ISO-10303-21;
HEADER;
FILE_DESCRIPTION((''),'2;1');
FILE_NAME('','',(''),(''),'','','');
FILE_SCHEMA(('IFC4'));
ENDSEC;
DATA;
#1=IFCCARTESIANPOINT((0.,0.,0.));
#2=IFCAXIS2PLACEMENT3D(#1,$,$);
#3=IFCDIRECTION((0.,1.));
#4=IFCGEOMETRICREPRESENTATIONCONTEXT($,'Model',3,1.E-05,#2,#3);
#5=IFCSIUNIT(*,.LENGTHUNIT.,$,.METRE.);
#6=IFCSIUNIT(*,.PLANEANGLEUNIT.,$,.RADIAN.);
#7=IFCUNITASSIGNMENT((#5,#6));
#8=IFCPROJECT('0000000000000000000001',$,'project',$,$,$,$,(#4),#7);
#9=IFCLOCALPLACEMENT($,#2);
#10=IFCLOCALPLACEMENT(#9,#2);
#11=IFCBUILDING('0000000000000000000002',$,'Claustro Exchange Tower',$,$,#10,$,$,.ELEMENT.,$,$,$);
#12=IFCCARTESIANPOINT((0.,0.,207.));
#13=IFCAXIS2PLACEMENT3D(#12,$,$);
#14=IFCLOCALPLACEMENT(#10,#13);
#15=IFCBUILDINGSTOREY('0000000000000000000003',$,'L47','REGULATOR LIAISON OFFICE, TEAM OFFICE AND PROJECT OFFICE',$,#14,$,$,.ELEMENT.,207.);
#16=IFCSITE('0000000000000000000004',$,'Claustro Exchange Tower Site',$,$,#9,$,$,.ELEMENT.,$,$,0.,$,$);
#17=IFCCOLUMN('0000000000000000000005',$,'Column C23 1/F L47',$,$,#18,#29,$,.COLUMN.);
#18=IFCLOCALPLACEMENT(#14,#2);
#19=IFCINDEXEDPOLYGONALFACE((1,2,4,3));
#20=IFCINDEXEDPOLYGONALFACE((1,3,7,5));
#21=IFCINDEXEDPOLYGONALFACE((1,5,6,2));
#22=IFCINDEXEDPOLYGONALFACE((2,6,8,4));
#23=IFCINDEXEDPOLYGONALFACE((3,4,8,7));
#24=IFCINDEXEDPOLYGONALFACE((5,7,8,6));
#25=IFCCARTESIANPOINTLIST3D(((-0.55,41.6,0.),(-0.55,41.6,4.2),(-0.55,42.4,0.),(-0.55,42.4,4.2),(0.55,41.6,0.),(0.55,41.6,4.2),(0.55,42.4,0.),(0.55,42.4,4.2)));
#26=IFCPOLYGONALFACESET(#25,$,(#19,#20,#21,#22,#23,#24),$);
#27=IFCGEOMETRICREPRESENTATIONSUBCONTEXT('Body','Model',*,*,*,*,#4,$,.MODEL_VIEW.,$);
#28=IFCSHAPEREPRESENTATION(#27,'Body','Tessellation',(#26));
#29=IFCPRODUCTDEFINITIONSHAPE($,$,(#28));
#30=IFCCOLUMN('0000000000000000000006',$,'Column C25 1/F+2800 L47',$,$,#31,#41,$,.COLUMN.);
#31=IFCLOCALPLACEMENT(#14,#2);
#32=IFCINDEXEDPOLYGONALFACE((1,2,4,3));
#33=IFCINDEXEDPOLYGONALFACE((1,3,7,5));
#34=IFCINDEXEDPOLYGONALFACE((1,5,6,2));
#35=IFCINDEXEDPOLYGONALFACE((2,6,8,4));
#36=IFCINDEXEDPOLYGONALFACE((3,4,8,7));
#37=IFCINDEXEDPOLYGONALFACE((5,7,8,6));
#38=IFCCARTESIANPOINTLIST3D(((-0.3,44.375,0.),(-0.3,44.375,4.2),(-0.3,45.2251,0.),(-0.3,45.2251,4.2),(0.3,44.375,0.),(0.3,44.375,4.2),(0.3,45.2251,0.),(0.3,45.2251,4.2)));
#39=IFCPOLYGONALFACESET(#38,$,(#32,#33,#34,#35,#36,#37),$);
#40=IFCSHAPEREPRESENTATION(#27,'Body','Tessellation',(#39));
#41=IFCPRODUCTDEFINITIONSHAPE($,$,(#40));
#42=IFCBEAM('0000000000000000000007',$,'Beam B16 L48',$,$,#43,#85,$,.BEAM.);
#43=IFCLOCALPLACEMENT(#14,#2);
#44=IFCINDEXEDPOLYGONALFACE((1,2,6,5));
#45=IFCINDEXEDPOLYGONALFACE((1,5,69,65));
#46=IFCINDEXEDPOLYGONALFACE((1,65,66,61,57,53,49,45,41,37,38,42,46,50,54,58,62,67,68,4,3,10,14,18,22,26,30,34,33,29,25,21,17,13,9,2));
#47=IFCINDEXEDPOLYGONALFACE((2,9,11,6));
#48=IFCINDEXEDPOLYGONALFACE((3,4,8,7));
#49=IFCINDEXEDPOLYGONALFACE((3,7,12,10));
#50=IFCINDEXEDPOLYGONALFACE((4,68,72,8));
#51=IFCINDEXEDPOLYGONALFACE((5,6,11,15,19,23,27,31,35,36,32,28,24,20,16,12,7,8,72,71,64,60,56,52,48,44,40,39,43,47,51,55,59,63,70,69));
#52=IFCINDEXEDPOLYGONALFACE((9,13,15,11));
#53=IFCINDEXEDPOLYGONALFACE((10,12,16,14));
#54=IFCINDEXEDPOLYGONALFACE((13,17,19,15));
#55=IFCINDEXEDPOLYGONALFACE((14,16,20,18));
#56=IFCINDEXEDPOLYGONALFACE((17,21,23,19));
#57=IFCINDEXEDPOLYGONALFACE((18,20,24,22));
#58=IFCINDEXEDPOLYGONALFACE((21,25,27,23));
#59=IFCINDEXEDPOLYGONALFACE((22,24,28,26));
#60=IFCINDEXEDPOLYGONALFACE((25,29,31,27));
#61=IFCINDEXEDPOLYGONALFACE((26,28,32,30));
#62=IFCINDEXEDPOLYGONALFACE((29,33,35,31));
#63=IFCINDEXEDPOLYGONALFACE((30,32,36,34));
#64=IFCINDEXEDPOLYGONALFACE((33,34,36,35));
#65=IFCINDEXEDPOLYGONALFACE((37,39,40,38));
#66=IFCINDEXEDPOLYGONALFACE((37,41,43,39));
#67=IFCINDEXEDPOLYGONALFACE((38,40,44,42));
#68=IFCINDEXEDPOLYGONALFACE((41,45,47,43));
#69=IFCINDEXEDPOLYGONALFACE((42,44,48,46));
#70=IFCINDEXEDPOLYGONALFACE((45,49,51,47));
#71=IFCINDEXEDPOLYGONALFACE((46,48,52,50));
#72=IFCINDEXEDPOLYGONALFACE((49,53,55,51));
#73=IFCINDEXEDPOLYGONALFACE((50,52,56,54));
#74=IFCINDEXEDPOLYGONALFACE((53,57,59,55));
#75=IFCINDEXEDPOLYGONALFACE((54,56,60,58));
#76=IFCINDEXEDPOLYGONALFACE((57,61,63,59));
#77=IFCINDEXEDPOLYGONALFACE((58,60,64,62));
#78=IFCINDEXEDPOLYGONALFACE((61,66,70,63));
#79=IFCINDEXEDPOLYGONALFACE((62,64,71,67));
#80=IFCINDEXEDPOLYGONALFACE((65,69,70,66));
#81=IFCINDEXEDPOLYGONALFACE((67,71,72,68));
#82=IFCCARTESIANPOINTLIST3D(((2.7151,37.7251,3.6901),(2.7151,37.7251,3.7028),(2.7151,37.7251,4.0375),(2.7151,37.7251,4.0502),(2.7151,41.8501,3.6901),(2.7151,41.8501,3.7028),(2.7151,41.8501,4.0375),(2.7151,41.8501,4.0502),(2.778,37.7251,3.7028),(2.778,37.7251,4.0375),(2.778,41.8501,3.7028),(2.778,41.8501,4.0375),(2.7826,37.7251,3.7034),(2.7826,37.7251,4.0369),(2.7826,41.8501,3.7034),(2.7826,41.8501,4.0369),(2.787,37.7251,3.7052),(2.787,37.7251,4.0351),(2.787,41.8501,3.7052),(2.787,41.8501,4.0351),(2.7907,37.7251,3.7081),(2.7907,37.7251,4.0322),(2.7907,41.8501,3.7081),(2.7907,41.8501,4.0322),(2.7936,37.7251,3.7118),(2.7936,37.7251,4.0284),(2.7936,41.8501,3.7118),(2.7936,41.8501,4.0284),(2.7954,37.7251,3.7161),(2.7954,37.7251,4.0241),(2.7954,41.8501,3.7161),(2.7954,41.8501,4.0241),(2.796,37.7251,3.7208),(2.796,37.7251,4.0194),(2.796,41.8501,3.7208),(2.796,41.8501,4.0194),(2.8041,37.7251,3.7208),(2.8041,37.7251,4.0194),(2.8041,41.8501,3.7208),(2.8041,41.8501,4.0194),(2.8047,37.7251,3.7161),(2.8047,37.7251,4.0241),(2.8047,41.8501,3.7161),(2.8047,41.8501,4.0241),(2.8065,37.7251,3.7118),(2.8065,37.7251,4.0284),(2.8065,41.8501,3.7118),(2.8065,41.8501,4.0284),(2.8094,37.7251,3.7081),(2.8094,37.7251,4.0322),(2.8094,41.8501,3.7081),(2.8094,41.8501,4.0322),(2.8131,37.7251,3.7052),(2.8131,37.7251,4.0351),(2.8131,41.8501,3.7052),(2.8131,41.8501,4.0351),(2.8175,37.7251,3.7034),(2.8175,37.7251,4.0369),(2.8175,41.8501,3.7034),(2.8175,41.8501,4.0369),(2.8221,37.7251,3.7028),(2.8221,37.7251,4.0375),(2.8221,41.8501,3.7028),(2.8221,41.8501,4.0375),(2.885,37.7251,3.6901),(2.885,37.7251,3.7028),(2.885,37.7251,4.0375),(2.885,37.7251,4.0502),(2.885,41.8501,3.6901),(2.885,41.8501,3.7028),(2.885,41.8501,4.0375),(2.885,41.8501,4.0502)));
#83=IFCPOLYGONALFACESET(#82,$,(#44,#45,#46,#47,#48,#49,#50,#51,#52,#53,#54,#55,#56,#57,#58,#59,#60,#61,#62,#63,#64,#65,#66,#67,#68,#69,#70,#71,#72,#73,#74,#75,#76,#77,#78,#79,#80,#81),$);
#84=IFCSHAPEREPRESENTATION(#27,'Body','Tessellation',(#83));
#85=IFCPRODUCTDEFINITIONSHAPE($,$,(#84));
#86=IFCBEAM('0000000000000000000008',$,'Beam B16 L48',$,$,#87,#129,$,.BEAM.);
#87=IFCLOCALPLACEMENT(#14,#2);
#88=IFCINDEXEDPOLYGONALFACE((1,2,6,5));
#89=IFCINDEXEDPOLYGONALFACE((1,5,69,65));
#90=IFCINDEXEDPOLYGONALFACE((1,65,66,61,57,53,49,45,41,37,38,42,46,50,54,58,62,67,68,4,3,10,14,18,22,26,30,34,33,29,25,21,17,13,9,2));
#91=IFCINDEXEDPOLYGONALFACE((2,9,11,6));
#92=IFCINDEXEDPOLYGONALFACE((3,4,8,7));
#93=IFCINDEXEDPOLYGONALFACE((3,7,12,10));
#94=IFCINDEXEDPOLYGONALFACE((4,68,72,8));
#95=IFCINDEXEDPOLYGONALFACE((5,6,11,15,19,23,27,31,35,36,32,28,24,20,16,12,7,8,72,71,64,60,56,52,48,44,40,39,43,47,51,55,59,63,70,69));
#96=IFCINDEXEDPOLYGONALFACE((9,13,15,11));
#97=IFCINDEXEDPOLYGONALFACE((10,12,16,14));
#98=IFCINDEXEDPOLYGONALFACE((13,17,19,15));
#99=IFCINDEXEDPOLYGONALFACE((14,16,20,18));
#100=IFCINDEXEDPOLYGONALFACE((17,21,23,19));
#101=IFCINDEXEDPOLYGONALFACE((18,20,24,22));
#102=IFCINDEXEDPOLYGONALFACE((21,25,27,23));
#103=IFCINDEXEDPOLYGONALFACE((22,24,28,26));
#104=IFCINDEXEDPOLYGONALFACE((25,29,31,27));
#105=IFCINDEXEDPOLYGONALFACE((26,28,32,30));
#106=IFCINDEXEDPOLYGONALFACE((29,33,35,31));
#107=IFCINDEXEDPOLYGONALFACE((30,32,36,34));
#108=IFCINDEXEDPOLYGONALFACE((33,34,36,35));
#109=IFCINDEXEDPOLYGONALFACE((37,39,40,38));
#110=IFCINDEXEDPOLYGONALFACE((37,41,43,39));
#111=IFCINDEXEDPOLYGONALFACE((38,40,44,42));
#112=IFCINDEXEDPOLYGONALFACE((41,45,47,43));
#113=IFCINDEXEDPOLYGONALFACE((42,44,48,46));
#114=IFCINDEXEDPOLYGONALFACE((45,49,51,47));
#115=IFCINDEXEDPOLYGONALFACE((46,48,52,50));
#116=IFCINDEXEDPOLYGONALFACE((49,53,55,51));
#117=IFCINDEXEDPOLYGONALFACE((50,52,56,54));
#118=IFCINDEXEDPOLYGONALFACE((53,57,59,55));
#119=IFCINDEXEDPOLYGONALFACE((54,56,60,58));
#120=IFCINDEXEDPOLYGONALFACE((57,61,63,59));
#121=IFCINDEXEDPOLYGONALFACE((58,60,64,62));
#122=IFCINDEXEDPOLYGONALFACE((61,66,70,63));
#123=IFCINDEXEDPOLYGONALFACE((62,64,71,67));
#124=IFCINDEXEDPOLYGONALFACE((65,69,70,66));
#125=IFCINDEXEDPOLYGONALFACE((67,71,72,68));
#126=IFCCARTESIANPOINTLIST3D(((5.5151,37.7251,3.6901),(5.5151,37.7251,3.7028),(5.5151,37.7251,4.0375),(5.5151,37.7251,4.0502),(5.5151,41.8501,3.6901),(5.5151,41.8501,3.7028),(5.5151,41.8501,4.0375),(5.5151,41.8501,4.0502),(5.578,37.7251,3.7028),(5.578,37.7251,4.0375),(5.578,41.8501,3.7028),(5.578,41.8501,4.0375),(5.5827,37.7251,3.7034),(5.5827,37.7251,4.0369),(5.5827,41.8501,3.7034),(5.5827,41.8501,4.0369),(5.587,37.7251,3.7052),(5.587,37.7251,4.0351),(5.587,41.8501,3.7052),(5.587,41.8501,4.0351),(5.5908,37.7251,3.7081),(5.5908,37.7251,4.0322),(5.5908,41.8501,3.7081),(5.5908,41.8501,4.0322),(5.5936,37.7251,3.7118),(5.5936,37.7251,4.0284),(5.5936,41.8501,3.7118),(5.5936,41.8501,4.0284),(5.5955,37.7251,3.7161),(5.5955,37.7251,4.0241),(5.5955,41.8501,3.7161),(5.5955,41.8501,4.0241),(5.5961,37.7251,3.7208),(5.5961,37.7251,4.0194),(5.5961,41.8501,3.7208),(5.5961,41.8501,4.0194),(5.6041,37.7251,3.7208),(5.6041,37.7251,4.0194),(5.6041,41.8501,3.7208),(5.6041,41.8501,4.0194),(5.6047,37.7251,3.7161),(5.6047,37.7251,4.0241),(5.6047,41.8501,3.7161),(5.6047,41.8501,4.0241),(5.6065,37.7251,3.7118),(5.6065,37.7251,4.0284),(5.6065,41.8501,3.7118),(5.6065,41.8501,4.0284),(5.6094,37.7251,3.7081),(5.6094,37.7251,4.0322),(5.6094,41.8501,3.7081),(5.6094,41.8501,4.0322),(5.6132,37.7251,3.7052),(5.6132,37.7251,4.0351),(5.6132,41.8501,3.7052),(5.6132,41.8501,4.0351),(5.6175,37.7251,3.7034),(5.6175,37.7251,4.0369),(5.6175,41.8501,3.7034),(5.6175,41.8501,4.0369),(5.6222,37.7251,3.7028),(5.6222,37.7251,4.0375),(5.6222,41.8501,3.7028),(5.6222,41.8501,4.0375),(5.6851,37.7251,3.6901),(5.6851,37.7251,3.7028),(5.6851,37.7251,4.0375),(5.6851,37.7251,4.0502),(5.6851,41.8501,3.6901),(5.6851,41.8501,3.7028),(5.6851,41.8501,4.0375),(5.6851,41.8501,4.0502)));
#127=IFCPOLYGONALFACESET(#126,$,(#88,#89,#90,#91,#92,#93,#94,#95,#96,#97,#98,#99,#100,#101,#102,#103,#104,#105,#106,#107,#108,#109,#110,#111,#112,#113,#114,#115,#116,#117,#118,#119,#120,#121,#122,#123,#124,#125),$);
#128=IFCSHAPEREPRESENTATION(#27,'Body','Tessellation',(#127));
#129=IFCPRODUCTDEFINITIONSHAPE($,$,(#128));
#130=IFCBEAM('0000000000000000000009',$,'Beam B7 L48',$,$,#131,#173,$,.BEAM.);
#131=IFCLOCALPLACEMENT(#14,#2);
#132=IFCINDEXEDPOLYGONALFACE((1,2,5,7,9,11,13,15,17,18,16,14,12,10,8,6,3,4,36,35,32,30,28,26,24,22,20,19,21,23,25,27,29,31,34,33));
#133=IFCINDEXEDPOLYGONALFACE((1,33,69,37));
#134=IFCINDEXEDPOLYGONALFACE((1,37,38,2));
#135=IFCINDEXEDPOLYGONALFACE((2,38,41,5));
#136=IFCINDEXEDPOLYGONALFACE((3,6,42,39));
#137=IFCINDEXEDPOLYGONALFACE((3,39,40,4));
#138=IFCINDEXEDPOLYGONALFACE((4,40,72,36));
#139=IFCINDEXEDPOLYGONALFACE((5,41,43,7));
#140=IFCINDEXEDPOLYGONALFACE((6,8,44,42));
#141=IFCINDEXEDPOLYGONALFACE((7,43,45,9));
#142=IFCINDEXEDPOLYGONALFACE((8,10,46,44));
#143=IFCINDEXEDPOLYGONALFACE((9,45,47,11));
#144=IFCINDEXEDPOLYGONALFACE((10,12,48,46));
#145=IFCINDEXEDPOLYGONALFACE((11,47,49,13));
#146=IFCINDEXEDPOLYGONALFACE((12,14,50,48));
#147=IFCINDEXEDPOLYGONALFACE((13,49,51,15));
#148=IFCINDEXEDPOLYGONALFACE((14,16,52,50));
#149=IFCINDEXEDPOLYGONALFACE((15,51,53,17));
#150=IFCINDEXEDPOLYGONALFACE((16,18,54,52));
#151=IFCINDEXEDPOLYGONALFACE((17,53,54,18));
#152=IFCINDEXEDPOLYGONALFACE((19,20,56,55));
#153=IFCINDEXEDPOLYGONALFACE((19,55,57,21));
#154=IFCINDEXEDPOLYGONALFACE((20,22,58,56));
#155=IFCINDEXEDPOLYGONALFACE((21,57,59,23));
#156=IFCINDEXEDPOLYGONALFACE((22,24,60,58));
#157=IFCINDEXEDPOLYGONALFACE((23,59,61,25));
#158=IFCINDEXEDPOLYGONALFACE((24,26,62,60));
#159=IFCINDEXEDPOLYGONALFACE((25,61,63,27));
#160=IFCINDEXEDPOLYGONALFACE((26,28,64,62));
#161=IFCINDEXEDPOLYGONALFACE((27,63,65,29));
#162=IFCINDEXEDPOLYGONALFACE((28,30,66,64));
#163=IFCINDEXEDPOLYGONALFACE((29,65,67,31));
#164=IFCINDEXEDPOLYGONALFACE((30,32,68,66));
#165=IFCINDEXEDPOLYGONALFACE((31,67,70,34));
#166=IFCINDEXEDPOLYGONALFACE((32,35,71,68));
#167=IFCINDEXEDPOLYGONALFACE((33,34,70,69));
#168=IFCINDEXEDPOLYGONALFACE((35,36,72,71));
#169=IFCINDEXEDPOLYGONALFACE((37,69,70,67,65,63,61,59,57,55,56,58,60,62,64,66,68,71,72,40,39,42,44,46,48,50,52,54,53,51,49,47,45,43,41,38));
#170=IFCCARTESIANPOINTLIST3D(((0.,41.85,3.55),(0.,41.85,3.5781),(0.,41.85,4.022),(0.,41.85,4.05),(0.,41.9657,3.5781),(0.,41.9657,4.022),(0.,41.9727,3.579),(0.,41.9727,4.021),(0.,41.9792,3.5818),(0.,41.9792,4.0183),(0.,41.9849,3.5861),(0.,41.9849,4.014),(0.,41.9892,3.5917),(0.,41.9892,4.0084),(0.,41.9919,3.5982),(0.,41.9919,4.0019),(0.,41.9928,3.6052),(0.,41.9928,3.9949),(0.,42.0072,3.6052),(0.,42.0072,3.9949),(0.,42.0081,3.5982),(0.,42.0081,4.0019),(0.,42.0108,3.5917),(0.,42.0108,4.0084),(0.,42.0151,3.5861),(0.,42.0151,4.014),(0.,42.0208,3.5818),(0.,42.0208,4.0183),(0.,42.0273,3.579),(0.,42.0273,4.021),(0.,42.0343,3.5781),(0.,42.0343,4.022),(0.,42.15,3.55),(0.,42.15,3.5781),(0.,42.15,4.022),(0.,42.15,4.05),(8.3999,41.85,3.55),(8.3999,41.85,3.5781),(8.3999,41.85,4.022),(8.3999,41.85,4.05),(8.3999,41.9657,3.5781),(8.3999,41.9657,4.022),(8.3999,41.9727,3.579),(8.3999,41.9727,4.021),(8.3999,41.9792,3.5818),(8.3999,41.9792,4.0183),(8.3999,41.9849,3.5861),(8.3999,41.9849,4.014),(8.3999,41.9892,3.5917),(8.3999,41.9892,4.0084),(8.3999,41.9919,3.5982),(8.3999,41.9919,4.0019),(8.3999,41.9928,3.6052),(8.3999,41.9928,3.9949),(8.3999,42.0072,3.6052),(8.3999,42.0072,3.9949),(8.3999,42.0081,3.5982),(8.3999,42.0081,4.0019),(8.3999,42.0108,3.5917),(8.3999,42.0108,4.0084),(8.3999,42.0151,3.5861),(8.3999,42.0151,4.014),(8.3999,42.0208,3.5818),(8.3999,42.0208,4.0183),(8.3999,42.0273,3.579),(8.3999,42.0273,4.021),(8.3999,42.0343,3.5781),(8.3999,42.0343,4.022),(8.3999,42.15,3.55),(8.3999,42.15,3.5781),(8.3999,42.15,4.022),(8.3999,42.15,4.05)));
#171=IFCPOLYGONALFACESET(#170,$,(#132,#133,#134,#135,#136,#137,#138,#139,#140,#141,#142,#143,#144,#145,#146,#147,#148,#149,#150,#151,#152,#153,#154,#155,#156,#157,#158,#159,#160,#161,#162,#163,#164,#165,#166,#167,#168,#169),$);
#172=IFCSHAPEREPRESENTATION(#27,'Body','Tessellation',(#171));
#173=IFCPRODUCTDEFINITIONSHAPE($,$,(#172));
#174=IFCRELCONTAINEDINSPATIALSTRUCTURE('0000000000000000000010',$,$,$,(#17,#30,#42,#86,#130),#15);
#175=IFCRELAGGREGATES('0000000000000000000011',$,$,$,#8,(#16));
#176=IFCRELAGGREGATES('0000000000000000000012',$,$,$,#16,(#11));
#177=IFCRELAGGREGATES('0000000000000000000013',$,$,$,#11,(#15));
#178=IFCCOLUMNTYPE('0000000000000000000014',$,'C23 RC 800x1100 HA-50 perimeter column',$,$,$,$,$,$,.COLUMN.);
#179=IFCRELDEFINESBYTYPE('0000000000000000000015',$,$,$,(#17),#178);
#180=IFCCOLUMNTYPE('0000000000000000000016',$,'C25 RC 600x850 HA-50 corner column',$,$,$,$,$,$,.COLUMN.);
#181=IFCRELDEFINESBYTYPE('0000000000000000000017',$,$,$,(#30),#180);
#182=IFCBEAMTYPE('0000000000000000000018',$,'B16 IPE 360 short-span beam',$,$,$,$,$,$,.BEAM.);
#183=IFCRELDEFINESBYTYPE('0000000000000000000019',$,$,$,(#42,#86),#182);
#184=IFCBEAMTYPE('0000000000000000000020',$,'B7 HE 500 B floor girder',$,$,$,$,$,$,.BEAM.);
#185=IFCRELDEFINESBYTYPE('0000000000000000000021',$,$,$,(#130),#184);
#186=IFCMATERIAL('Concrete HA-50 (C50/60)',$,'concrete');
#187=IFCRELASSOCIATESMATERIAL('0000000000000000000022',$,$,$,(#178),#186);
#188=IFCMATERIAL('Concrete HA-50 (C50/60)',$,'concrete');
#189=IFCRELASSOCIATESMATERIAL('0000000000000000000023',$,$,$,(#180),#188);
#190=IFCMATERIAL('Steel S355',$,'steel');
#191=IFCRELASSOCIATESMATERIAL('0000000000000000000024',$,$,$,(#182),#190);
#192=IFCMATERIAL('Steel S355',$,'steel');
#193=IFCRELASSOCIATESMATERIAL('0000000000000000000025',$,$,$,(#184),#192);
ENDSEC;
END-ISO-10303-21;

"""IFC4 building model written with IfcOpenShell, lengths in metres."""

from ifc_helpers import new_model, si_unit, direction, frame, origin, origin_2d, place, context, subcontext, project, spatial, rectangle, i_section, extrude, material, material_profile, profile_set, type_object, element, save


model = new_model("IFC4")

# Units and contexts
model_context = context("Model", 3, precision=1e-05, world=origin(), true_north=direction((0.0, 1.0)))
body_context = subcontext(model_context, "Body", "Model", "MODEL_VIEW")
ifc_project = project(units=[si_unit("LENGTHUNIT", "METRE"), si_unit("PLANEANGLEUNIT", "RADIAN")], contexts=[model_context])

# Site, building, storey
site_placement = place(None, origin())
site = spatial("IfcSite", under=ifc_project, at=site_placement, Name="Claustro Exchange Tower Site", CompositionType="ELEMENT", RefElevation=0.0)
building_placement = place(site_placement, origin())
building = spatial("IfcBuilding", under=site, at=building_placement, Name="Claustro Exchange Tower", CompositionType="ELEMENT")
storey_placement = place(building_placement, frame((0.0, 0.0, 207.0)))
storey = spatial("IfcBuildingStorey", under=building, at=storey_placement, Name="L47", Description="REGULATOR LIAISON OFFICE, TEAM OFFICE AND PROJECT OFFICE", CompositionType="ELEMENT", Elevation=207.0)

# Columns
ifc_material_1 = material(Name="Concrete HA-50 (C50/60)", Category="concrete")
ifc_material_profile_1 = material_profile(ifc_material_1, rectangle(XDim=0.8, YDim=1.1001, at=origin_2d()), Name="RC 800x1100")
ifc_profile_set_1 = profile_set([ifc_material_profile_1], Name="Concrete HA-50 (C50/60)")
column_type_1 = type_object("IfcColumnType", Name="C23 RC 800x1100 HA-50 perimeter column", PredefinedType="COLUMN", material=ifc_profile_set_1)
column_1_placement = place(storey_placement, frame((0.0, 42.0, 0.0), z_axis=(0.0, 0.0, 1.0), x_axis=(0.0, 1.0, 0.0)))
element("IfcColumn", 1, at=column_1_placement, inside=storey, type_object=column_type_1, Name="Column C23 1/F L47", PredefinedType="COLUMN", context=body_context, shape_type="SweptSolid", body=[
    extrude(rectangle(XDim=0.8, YDim=1.1001, at=origin_2d()), origin(), (0.0, 0.0, 1.0), 4.2),
])
ifc_material_2 = material(Name="Concrete HA-50 (C50/60)", Category="concrete")
ifc_material_profile_2 = material_profile(ifc_material_2, rectangle(XDim=0.6001, YDim=0.8501, at=origin_2d()), Name="RC 600x850")
ifc_profile_set_2 = profile_set([ifc_material_profile_2], Name="Concrete HA-50 (C50/60)")
column_type_2 = type_object("IfcColumnType", Name="C25 RC 600x850 HA-50 corner column", PredefinedType="COLUMN", material=ifc_profile_set_2)
column_2_placement = place(storey_placement, frame((0.0, 44.8, 0.0), z_axis=(0.0, 0.0, 1.0), x_axis=(1.0, 0.0, 0.0)))
element("IfcColumn", 2, at=column_2_placement, inside=storey, type_object=column_type_2, Name="Column C25 1/F+2800 L47", PredefinedType="COLUMN", context=body_context, shape_type="SweptSolid", body=[
    extrude(rectangle(XDim=0.6001, YDim=0.8501, at=origin_2d()), origin(), (0.0, 0.0, 1.0), 4.2),
])

# Beams
ifc_material_3 = material(Name="Steel S355", Category="steel")
ifc_material_profile_3 = material_profile(ifc_material_3, i_section(OverallWidth=0.1699, OverallDepth=0.3601, WebThickness=0.0081, FlangeThickness=0.0127, FilletRadius=0.0181, at=origin_2d()), Name="IPE 360")
ifc_profile_set_3 = profile_set([ifc_material_profile_3], Name="Steel S355")
beam_type_1 = type_object("IfcBeamType", Name="B16 IPE 360 short-span beam", PredefinedType="BEAM", material=ifc_profile_set_3)
for number, where, z_axis, x_axis, name in (
    (3, (2.8, 37.7251, 3.8701), (0.0, 1.0, 0.0), (-1.0, 0.0, 0.0), "Beam B16 L48"),
    (4, (5.6001, 37.7251, 3.8701), (0.0, 1.0, 0.0), (-1.0, 0.0, 0.0), "Beam B16 L48"),
):
    element("IfcBeam", number, at=place(storey_placement, frame(where, z_axis=z_axis, x_axis=x_axis)), inside=storey, type_object=beam_type_1, Name=name, PredefinedType="BEAM", context=body_context, shape_type="SweptSolid", body=[
        extrude(i_section(OverallWidth=0.1699, OverallDepth=0.3601, WebThickness=0.0081, FlangeThickness=0.0127, FilletRadius=0.0181, at=origin_2d()), origin(), (0.0, 0.0, 1.0), 4.125),
    ])
ifc_material_4 = material(Name="Steel S355", Category="steel")
ifc_material_profile_4 = material_profile(ifc_material_4, i_section(OverallWidth=0.3, OverallDepth=0.5, WebThickness=0.0144, FlangeThickness=0.0281, FilletRadius=0.0271, at=origin_2d()), Name="HE 500 B")
ifc_profile_set_4 = profile_set([ifc_material_profile_4], Name="Steel S355")
beam_type_2 = type_object("IfcBeamType", Name="B7 HE 500 B floor girder", PredefinedType="BEAM", material=ifc_profile_set_4)
beam_1_placement = place(storey_placement, frame((0.0, 42.0, 3.8), z_axis=(1.0, 0.0, 0.0), x_axis=(0.0, 1.0, 0.0)))
element("IfcBeam", 5, at=beam_1_placement, inside=storey, type_object=beam_type_2, Name="Beam B7 L48", PredefinedType="BEAM", context=body_context, shape_type="SweptSolid", body=[
    extrude(i_section(OverallWidth=0.3, OverallDepth=0.5, WebThickness=0.0144, FlangeThickness=0.0281, FilletRadius=0.0271, at=origin_2d()), origin(), (0.0, 0.0, 1.0), 8.3999),
])

save(model, "model.ifc")
